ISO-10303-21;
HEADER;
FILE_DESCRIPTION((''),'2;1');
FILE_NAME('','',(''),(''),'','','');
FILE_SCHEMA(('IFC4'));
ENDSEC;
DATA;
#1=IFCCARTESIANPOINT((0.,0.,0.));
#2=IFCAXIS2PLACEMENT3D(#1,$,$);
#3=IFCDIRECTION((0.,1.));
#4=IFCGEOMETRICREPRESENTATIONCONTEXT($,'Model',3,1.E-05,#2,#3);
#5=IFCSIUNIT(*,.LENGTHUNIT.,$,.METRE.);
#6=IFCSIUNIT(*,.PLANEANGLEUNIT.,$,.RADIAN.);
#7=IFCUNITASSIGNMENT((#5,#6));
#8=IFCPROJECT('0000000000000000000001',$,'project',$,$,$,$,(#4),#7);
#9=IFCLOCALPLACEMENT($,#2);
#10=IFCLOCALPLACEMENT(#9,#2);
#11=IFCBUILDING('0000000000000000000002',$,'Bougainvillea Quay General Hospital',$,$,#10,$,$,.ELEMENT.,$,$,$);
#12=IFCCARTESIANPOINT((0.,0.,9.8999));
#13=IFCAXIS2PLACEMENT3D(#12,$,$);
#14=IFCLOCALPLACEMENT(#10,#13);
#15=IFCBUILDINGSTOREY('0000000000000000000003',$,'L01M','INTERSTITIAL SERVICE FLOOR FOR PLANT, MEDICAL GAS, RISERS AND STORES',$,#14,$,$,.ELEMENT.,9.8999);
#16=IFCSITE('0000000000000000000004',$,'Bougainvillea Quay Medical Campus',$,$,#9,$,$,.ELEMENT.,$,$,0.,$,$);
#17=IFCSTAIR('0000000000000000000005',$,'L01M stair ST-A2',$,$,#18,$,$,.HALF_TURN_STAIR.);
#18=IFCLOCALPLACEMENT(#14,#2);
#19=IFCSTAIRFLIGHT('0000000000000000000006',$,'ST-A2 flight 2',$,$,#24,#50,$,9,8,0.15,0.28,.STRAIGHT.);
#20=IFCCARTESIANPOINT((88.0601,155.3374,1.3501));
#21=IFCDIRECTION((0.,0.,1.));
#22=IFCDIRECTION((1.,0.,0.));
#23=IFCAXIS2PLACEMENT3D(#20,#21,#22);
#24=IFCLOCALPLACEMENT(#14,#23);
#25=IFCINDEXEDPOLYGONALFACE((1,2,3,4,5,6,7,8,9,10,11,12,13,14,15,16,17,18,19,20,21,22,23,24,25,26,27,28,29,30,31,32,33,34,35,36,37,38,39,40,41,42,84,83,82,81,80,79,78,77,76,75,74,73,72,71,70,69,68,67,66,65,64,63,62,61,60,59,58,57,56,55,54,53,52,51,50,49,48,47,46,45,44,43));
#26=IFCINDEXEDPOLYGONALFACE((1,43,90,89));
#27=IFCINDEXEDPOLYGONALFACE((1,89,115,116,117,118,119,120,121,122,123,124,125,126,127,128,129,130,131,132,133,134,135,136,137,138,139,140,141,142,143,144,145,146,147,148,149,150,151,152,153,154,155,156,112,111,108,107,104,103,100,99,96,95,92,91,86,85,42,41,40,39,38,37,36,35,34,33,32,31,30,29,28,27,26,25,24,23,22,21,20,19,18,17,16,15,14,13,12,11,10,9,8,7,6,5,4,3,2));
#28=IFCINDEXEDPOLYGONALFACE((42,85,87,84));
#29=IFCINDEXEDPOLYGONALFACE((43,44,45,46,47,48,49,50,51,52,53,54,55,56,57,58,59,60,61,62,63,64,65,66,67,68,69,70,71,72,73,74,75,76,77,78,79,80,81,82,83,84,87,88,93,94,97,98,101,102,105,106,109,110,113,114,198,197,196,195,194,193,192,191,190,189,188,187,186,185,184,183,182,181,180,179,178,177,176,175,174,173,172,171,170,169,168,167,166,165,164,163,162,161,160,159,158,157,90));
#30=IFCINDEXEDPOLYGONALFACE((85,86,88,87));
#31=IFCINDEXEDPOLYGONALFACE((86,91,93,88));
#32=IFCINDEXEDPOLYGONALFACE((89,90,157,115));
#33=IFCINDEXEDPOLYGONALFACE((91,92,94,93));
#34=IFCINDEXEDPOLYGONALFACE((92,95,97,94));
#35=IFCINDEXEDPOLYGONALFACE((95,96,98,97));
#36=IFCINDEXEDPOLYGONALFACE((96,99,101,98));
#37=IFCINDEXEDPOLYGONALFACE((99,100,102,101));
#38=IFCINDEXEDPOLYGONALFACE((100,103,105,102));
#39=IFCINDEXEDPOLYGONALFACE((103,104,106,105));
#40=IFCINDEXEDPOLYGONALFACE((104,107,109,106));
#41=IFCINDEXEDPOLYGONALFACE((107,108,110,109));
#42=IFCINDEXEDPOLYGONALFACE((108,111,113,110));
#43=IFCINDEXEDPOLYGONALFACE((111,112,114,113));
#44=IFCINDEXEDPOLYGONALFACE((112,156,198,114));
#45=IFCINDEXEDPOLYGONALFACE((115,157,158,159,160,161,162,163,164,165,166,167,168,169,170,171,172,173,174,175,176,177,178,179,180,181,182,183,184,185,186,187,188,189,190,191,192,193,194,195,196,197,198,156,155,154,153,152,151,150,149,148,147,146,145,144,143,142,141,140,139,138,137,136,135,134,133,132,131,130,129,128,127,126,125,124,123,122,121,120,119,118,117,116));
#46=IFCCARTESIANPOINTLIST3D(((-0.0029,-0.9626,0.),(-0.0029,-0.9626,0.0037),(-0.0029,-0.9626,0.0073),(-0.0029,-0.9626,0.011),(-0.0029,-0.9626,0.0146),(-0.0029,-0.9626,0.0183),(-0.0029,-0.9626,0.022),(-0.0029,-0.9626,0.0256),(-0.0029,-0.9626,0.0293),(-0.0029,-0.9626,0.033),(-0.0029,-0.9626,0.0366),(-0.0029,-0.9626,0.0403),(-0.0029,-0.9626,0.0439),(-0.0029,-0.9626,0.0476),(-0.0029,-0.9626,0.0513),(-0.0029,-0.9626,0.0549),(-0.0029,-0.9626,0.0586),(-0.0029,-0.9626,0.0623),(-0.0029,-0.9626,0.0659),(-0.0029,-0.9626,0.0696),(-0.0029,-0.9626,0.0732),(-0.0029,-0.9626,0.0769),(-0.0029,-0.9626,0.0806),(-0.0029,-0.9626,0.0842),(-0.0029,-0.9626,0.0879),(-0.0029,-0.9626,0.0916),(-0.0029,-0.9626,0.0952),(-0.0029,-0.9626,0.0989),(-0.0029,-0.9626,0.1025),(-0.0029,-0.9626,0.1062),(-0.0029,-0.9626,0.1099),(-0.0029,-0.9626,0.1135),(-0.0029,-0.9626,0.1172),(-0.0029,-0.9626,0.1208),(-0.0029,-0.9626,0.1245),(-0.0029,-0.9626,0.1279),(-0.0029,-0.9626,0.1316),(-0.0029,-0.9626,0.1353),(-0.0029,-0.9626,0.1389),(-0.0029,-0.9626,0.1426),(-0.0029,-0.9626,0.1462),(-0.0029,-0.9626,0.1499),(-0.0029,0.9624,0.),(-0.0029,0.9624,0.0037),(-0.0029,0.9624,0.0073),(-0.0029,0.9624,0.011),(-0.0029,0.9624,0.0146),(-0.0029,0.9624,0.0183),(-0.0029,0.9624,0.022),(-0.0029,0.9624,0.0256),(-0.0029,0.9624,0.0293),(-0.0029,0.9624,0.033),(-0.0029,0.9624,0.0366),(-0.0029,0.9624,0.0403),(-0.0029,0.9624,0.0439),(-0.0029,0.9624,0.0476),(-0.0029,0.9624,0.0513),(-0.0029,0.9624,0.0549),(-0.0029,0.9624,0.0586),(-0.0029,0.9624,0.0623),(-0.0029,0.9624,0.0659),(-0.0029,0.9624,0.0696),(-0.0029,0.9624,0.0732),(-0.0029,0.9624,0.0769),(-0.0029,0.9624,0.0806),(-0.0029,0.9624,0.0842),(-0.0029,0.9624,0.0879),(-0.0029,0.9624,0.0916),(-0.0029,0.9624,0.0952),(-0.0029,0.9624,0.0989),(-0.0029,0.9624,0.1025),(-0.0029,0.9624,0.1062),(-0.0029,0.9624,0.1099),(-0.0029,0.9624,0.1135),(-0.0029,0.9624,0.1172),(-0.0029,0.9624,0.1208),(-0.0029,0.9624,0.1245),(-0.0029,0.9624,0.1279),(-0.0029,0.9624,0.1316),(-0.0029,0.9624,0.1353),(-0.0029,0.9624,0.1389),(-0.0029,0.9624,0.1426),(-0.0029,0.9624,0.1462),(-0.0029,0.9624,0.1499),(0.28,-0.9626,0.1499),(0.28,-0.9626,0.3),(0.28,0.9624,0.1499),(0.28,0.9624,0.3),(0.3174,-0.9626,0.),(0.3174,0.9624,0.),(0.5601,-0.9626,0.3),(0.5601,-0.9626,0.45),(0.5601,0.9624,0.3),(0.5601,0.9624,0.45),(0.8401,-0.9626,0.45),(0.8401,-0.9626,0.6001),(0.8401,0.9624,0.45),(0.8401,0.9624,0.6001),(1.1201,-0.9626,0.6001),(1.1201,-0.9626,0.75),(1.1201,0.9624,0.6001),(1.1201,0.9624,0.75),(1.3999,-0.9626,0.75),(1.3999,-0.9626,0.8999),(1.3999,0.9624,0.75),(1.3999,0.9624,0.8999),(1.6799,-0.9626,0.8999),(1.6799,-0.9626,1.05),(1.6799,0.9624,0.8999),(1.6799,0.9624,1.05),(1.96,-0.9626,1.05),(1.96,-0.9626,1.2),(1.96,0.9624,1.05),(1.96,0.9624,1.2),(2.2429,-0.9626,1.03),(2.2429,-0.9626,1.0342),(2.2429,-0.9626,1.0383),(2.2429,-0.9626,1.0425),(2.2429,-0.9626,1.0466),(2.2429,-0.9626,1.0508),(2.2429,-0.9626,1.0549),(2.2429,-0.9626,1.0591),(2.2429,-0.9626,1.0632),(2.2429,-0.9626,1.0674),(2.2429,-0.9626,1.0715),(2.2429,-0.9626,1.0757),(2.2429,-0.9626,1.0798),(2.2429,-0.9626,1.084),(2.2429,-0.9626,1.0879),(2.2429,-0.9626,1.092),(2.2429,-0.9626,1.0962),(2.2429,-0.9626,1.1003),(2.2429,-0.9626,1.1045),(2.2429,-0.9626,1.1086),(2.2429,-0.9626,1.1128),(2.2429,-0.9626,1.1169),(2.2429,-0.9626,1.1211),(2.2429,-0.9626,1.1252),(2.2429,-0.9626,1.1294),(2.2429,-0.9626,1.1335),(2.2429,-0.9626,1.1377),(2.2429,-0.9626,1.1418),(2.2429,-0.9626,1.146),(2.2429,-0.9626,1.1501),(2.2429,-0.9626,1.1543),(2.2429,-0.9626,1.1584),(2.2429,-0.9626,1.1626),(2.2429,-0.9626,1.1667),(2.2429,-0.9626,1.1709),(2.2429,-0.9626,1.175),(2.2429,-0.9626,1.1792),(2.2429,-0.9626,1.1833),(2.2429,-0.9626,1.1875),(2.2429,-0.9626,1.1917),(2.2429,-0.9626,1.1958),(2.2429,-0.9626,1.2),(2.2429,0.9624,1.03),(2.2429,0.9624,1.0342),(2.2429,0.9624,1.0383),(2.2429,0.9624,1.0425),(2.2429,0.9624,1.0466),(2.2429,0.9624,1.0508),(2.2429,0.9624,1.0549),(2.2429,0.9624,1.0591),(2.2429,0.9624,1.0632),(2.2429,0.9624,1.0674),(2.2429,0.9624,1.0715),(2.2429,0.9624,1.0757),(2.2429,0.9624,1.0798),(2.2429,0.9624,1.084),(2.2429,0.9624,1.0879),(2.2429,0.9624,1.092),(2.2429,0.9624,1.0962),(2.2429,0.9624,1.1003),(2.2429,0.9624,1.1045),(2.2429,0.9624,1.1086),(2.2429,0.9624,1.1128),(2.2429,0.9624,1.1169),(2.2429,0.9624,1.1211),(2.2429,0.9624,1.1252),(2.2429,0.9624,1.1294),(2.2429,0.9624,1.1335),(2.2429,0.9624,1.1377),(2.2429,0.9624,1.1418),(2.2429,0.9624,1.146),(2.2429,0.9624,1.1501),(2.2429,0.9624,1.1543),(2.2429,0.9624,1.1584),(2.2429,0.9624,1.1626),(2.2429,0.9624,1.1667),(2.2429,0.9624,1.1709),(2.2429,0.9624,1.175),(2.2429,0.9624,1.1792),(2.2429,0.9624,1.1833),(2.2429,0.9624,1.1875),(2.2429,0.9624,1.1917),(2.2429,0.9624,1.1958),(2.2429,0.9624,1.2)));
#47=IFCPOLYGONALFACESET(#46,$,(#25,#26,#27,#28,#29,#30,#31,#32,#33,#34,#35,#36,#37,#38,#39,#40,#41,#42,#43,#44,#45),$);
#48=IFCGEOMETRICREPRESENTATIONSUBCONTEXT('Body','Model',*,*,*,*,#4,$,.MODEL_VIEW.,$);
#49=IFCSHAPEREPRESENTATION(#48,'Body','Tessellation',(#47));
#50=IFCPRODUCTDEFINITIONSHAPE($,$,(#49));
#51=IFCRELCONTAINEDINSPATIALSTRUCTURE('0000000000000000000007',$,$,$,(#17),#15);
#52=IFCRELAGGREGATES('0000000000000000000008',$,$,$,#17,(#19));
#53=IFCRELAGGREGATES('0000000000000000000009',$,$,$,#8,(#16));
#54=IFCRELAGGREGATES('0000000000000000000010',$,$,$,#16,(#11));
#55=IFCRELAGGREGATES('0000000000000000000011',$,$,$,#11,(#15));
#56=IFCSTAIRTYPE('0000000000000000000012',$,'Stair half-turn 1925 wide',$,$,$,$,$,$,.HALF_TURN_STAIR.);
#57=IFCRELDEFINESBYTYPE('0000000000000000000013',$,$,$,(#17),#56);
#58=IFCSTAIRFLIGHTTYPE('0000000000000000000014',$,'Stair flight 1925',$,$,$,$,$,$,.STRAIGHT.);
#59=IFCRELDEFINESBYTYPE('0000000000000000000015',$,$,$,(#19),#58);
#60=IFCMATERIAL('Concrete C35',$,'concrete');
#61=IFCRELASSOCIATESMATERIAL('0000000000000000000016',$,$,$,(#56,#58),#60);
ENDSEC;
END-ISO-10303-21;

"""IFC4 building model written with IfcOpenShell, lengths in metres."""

from ifc_helpers import new_model, si_unit, direction, frame, origin, place, context, subcontext, project, spatial, polyline, outline, extrude, material, type_object, element, aggregate, save


model = new_model("IFC4")

# Units and contexts
model_context = context("Model", 3, precision=1e-05, world=origin(), true_north=direction((0.0, 1.0)))
body_context = subcontext(model_context, "Body", "Model", "MODEL_VIEW")
ifc_project = project(units=[si_unit("LENGTHUNIT", "METRE"), si_unit("PLANEANGLEUNIT", "RADIAN")], contexts=[model_context])

# Site, building, storey
site_placement = place(None, origin())
site = spatial("IfcSite", under=ifc_project, at=site_placement, Name="Bougainvillea Quay Medical Campus", CompositionType="ELEMENT", RefElevation=0.0)
building_placement = place(site_placement, origin())
building = spatial("IfcBuilding", under=site, at=building_placement, Name="Bougainvillea Quay General Hospital", CompositionType="ELEMENT")
storey_placement = place(building_placement, frame((0.0, 0.0, 9.8999)))
storey = spatial("IfcBuildingStorey", under=building, at=storey_placement, Name="L01M", Description="INTERSTITIAL SERVICE FLOOR FOR PLANT, MEDICAL GAS, RISERS AND STORES", CompositionType="ELEMENT", Elevation=9.8999)

# Stair, stair flight
ifc_material_1 = material(Name="Concrete C35", Category="concrete")
stair_type = type_object("IfcStairType", Name="Stair half-turn 1925 wide", PredefinedType="HALF_TURN_STAIR", material=ifc_material_1)
stair_placement = place(storey_placement, origin())
stair = element("IfcStair", 1, at=stair_placement, inside=storey, type_object=stair_type, Name="L01M stair ST-A2", PredefinedType="HALF_TURN_STAIR")
stair_flight_type = type_object("IfcStairFlightType", Name="Stair flight 1925", PredefinedType="STRAIGHT", material=ifc_material_1)
stair_flight_1_placement = place(storey_placement, frame((88.0601, 155.3374, 1.3501), z_axis=(0.0, 0.0, 1.0), x_axis=(1.0, 0.0, 0.0)))
stair_flight_1 = element("IfcStairFlight", 2, at=stair_flight_1_placement, type_object=stair_flight_type, Name="ST-A2 flight 2", NumberOfRisers=9, NumberOfTreads=8, PredefinedType="STRAIGHT", RiserHeight=0.15, TreadLength=0.28, context=body_context, shape_type="SweptSolid", body=[
    extrude(outline(polyline([(-0.0029, 0.0), (-0.0029, 0.0037), (-0.0029, 0.0073), (-0.0029, 0.011), (-0.0029, 0.0146), (-0.0029, 0.0183), (-0.0029, 0.022), (-0.0029, 0.0256), (-0.0029, 0.0293), (-0.0029, 0.033), (-0.0029, 0.0366), (-0.0029, 0.0403), (-0.0029, 0.0439), (-0.0029, 0.0476), (-0.0029, 0.0513), (-0.0029, 0.0549), (-0.0029, 0.0586), (-0.0029, 0.0623), (-0.0029, 0.0659), (-0.0029, 0.0696), (-0.0029, 0.0732), (-0.0029, 0.0769), (-0.0029, 0.0806), (-0.0029, 0.0842), (-0.0029, 0.0879), (-0.0029, 0.0916), (-0.0029, 0.0952), (-0.0029, 0.0989), (-0.0029, 0.1025), (-0.0029, 0.1062), (-0.0029, 0.1099), (-0.0029, 0.1135), (-0.0029, 0.1172), (-0.0029, 0.1208), (-0.0029, 0.1245), (-0.0029, 0.1279), (-0.0029, 0.1316), (-0.0029, 0.1353), (-0.0029, 0.1389), (-0.0029, 0.1426), (-0.0029, 0.1462), (-0.0029, 0.1499), (0.28, 0.1499), (0.28, 0.3), (0.5601, 0.3), (0.5601, 0.45), (0.8401, 0.45), (0.8401, 0.6001), (1.1201, 0.6001), (1.1201, 0.75), (1.3999, 0.75), (1.3999, 0.8999), (1.6799, 0.8999), (1.6799, 1.05), (1.96, 1.05), (1.96, 1.2), (2.2429, 1.2), (2.2429, 1.1958), (2.2429, 1.1917), (2.2429, 1.1875), (2.2429, 1.1833), (2.2429, 1.1792), (2.2429, 1.175), (2.2429, 1.1709), (2.2429, 1.1667), (2.2429, 1.1626), (2.2429, 1.1584), (2.2429, 1.1543), (2.2429, 1.1501), (2.2429, 1.146), (2.2429, 1.1418), (2.2429, 1.1377), (2.2429, 1.1335), (2.2429, 1.1294), (2.2429, 1.1252), (2.2429, 1.1211), (2.2429, 1.1169), (2.2429, 1.1128), (2.2429, 1.1086), (2.2429, 1.1045), (2.2429, 1.1003), (2.2429, 1.0962), (2.2429, 1.092), (2.2429, 1.0879), (2.2429, 1.084), (2.2429, 1.0798), (2.2429, 1.0757), (2.2429, 1.0715), (2.2429, 1.0674), (2.2429, 1.0632), (2.2429, 1.0591), (2.2429, 1.0549), (2.2429, 1.0508), (2.2429, 1.0466), (2.2429, 1.0425), (2.2429, 1.0383), (2.2429, 1.0342), (2.2429, 1.03), (0.3174, 0.0), (-0.0029, 0.0)])), frame((0.0, 0.9624, 0.0), z_axis=(0.0, -1.0, 0.0), x_axis=(1.0, 0.0, 0.0)), (0.0, 0.0, 1.0), 1.925),
])
aggregate(stair, [stair_flight_1])

save(model, "model.ifc")
